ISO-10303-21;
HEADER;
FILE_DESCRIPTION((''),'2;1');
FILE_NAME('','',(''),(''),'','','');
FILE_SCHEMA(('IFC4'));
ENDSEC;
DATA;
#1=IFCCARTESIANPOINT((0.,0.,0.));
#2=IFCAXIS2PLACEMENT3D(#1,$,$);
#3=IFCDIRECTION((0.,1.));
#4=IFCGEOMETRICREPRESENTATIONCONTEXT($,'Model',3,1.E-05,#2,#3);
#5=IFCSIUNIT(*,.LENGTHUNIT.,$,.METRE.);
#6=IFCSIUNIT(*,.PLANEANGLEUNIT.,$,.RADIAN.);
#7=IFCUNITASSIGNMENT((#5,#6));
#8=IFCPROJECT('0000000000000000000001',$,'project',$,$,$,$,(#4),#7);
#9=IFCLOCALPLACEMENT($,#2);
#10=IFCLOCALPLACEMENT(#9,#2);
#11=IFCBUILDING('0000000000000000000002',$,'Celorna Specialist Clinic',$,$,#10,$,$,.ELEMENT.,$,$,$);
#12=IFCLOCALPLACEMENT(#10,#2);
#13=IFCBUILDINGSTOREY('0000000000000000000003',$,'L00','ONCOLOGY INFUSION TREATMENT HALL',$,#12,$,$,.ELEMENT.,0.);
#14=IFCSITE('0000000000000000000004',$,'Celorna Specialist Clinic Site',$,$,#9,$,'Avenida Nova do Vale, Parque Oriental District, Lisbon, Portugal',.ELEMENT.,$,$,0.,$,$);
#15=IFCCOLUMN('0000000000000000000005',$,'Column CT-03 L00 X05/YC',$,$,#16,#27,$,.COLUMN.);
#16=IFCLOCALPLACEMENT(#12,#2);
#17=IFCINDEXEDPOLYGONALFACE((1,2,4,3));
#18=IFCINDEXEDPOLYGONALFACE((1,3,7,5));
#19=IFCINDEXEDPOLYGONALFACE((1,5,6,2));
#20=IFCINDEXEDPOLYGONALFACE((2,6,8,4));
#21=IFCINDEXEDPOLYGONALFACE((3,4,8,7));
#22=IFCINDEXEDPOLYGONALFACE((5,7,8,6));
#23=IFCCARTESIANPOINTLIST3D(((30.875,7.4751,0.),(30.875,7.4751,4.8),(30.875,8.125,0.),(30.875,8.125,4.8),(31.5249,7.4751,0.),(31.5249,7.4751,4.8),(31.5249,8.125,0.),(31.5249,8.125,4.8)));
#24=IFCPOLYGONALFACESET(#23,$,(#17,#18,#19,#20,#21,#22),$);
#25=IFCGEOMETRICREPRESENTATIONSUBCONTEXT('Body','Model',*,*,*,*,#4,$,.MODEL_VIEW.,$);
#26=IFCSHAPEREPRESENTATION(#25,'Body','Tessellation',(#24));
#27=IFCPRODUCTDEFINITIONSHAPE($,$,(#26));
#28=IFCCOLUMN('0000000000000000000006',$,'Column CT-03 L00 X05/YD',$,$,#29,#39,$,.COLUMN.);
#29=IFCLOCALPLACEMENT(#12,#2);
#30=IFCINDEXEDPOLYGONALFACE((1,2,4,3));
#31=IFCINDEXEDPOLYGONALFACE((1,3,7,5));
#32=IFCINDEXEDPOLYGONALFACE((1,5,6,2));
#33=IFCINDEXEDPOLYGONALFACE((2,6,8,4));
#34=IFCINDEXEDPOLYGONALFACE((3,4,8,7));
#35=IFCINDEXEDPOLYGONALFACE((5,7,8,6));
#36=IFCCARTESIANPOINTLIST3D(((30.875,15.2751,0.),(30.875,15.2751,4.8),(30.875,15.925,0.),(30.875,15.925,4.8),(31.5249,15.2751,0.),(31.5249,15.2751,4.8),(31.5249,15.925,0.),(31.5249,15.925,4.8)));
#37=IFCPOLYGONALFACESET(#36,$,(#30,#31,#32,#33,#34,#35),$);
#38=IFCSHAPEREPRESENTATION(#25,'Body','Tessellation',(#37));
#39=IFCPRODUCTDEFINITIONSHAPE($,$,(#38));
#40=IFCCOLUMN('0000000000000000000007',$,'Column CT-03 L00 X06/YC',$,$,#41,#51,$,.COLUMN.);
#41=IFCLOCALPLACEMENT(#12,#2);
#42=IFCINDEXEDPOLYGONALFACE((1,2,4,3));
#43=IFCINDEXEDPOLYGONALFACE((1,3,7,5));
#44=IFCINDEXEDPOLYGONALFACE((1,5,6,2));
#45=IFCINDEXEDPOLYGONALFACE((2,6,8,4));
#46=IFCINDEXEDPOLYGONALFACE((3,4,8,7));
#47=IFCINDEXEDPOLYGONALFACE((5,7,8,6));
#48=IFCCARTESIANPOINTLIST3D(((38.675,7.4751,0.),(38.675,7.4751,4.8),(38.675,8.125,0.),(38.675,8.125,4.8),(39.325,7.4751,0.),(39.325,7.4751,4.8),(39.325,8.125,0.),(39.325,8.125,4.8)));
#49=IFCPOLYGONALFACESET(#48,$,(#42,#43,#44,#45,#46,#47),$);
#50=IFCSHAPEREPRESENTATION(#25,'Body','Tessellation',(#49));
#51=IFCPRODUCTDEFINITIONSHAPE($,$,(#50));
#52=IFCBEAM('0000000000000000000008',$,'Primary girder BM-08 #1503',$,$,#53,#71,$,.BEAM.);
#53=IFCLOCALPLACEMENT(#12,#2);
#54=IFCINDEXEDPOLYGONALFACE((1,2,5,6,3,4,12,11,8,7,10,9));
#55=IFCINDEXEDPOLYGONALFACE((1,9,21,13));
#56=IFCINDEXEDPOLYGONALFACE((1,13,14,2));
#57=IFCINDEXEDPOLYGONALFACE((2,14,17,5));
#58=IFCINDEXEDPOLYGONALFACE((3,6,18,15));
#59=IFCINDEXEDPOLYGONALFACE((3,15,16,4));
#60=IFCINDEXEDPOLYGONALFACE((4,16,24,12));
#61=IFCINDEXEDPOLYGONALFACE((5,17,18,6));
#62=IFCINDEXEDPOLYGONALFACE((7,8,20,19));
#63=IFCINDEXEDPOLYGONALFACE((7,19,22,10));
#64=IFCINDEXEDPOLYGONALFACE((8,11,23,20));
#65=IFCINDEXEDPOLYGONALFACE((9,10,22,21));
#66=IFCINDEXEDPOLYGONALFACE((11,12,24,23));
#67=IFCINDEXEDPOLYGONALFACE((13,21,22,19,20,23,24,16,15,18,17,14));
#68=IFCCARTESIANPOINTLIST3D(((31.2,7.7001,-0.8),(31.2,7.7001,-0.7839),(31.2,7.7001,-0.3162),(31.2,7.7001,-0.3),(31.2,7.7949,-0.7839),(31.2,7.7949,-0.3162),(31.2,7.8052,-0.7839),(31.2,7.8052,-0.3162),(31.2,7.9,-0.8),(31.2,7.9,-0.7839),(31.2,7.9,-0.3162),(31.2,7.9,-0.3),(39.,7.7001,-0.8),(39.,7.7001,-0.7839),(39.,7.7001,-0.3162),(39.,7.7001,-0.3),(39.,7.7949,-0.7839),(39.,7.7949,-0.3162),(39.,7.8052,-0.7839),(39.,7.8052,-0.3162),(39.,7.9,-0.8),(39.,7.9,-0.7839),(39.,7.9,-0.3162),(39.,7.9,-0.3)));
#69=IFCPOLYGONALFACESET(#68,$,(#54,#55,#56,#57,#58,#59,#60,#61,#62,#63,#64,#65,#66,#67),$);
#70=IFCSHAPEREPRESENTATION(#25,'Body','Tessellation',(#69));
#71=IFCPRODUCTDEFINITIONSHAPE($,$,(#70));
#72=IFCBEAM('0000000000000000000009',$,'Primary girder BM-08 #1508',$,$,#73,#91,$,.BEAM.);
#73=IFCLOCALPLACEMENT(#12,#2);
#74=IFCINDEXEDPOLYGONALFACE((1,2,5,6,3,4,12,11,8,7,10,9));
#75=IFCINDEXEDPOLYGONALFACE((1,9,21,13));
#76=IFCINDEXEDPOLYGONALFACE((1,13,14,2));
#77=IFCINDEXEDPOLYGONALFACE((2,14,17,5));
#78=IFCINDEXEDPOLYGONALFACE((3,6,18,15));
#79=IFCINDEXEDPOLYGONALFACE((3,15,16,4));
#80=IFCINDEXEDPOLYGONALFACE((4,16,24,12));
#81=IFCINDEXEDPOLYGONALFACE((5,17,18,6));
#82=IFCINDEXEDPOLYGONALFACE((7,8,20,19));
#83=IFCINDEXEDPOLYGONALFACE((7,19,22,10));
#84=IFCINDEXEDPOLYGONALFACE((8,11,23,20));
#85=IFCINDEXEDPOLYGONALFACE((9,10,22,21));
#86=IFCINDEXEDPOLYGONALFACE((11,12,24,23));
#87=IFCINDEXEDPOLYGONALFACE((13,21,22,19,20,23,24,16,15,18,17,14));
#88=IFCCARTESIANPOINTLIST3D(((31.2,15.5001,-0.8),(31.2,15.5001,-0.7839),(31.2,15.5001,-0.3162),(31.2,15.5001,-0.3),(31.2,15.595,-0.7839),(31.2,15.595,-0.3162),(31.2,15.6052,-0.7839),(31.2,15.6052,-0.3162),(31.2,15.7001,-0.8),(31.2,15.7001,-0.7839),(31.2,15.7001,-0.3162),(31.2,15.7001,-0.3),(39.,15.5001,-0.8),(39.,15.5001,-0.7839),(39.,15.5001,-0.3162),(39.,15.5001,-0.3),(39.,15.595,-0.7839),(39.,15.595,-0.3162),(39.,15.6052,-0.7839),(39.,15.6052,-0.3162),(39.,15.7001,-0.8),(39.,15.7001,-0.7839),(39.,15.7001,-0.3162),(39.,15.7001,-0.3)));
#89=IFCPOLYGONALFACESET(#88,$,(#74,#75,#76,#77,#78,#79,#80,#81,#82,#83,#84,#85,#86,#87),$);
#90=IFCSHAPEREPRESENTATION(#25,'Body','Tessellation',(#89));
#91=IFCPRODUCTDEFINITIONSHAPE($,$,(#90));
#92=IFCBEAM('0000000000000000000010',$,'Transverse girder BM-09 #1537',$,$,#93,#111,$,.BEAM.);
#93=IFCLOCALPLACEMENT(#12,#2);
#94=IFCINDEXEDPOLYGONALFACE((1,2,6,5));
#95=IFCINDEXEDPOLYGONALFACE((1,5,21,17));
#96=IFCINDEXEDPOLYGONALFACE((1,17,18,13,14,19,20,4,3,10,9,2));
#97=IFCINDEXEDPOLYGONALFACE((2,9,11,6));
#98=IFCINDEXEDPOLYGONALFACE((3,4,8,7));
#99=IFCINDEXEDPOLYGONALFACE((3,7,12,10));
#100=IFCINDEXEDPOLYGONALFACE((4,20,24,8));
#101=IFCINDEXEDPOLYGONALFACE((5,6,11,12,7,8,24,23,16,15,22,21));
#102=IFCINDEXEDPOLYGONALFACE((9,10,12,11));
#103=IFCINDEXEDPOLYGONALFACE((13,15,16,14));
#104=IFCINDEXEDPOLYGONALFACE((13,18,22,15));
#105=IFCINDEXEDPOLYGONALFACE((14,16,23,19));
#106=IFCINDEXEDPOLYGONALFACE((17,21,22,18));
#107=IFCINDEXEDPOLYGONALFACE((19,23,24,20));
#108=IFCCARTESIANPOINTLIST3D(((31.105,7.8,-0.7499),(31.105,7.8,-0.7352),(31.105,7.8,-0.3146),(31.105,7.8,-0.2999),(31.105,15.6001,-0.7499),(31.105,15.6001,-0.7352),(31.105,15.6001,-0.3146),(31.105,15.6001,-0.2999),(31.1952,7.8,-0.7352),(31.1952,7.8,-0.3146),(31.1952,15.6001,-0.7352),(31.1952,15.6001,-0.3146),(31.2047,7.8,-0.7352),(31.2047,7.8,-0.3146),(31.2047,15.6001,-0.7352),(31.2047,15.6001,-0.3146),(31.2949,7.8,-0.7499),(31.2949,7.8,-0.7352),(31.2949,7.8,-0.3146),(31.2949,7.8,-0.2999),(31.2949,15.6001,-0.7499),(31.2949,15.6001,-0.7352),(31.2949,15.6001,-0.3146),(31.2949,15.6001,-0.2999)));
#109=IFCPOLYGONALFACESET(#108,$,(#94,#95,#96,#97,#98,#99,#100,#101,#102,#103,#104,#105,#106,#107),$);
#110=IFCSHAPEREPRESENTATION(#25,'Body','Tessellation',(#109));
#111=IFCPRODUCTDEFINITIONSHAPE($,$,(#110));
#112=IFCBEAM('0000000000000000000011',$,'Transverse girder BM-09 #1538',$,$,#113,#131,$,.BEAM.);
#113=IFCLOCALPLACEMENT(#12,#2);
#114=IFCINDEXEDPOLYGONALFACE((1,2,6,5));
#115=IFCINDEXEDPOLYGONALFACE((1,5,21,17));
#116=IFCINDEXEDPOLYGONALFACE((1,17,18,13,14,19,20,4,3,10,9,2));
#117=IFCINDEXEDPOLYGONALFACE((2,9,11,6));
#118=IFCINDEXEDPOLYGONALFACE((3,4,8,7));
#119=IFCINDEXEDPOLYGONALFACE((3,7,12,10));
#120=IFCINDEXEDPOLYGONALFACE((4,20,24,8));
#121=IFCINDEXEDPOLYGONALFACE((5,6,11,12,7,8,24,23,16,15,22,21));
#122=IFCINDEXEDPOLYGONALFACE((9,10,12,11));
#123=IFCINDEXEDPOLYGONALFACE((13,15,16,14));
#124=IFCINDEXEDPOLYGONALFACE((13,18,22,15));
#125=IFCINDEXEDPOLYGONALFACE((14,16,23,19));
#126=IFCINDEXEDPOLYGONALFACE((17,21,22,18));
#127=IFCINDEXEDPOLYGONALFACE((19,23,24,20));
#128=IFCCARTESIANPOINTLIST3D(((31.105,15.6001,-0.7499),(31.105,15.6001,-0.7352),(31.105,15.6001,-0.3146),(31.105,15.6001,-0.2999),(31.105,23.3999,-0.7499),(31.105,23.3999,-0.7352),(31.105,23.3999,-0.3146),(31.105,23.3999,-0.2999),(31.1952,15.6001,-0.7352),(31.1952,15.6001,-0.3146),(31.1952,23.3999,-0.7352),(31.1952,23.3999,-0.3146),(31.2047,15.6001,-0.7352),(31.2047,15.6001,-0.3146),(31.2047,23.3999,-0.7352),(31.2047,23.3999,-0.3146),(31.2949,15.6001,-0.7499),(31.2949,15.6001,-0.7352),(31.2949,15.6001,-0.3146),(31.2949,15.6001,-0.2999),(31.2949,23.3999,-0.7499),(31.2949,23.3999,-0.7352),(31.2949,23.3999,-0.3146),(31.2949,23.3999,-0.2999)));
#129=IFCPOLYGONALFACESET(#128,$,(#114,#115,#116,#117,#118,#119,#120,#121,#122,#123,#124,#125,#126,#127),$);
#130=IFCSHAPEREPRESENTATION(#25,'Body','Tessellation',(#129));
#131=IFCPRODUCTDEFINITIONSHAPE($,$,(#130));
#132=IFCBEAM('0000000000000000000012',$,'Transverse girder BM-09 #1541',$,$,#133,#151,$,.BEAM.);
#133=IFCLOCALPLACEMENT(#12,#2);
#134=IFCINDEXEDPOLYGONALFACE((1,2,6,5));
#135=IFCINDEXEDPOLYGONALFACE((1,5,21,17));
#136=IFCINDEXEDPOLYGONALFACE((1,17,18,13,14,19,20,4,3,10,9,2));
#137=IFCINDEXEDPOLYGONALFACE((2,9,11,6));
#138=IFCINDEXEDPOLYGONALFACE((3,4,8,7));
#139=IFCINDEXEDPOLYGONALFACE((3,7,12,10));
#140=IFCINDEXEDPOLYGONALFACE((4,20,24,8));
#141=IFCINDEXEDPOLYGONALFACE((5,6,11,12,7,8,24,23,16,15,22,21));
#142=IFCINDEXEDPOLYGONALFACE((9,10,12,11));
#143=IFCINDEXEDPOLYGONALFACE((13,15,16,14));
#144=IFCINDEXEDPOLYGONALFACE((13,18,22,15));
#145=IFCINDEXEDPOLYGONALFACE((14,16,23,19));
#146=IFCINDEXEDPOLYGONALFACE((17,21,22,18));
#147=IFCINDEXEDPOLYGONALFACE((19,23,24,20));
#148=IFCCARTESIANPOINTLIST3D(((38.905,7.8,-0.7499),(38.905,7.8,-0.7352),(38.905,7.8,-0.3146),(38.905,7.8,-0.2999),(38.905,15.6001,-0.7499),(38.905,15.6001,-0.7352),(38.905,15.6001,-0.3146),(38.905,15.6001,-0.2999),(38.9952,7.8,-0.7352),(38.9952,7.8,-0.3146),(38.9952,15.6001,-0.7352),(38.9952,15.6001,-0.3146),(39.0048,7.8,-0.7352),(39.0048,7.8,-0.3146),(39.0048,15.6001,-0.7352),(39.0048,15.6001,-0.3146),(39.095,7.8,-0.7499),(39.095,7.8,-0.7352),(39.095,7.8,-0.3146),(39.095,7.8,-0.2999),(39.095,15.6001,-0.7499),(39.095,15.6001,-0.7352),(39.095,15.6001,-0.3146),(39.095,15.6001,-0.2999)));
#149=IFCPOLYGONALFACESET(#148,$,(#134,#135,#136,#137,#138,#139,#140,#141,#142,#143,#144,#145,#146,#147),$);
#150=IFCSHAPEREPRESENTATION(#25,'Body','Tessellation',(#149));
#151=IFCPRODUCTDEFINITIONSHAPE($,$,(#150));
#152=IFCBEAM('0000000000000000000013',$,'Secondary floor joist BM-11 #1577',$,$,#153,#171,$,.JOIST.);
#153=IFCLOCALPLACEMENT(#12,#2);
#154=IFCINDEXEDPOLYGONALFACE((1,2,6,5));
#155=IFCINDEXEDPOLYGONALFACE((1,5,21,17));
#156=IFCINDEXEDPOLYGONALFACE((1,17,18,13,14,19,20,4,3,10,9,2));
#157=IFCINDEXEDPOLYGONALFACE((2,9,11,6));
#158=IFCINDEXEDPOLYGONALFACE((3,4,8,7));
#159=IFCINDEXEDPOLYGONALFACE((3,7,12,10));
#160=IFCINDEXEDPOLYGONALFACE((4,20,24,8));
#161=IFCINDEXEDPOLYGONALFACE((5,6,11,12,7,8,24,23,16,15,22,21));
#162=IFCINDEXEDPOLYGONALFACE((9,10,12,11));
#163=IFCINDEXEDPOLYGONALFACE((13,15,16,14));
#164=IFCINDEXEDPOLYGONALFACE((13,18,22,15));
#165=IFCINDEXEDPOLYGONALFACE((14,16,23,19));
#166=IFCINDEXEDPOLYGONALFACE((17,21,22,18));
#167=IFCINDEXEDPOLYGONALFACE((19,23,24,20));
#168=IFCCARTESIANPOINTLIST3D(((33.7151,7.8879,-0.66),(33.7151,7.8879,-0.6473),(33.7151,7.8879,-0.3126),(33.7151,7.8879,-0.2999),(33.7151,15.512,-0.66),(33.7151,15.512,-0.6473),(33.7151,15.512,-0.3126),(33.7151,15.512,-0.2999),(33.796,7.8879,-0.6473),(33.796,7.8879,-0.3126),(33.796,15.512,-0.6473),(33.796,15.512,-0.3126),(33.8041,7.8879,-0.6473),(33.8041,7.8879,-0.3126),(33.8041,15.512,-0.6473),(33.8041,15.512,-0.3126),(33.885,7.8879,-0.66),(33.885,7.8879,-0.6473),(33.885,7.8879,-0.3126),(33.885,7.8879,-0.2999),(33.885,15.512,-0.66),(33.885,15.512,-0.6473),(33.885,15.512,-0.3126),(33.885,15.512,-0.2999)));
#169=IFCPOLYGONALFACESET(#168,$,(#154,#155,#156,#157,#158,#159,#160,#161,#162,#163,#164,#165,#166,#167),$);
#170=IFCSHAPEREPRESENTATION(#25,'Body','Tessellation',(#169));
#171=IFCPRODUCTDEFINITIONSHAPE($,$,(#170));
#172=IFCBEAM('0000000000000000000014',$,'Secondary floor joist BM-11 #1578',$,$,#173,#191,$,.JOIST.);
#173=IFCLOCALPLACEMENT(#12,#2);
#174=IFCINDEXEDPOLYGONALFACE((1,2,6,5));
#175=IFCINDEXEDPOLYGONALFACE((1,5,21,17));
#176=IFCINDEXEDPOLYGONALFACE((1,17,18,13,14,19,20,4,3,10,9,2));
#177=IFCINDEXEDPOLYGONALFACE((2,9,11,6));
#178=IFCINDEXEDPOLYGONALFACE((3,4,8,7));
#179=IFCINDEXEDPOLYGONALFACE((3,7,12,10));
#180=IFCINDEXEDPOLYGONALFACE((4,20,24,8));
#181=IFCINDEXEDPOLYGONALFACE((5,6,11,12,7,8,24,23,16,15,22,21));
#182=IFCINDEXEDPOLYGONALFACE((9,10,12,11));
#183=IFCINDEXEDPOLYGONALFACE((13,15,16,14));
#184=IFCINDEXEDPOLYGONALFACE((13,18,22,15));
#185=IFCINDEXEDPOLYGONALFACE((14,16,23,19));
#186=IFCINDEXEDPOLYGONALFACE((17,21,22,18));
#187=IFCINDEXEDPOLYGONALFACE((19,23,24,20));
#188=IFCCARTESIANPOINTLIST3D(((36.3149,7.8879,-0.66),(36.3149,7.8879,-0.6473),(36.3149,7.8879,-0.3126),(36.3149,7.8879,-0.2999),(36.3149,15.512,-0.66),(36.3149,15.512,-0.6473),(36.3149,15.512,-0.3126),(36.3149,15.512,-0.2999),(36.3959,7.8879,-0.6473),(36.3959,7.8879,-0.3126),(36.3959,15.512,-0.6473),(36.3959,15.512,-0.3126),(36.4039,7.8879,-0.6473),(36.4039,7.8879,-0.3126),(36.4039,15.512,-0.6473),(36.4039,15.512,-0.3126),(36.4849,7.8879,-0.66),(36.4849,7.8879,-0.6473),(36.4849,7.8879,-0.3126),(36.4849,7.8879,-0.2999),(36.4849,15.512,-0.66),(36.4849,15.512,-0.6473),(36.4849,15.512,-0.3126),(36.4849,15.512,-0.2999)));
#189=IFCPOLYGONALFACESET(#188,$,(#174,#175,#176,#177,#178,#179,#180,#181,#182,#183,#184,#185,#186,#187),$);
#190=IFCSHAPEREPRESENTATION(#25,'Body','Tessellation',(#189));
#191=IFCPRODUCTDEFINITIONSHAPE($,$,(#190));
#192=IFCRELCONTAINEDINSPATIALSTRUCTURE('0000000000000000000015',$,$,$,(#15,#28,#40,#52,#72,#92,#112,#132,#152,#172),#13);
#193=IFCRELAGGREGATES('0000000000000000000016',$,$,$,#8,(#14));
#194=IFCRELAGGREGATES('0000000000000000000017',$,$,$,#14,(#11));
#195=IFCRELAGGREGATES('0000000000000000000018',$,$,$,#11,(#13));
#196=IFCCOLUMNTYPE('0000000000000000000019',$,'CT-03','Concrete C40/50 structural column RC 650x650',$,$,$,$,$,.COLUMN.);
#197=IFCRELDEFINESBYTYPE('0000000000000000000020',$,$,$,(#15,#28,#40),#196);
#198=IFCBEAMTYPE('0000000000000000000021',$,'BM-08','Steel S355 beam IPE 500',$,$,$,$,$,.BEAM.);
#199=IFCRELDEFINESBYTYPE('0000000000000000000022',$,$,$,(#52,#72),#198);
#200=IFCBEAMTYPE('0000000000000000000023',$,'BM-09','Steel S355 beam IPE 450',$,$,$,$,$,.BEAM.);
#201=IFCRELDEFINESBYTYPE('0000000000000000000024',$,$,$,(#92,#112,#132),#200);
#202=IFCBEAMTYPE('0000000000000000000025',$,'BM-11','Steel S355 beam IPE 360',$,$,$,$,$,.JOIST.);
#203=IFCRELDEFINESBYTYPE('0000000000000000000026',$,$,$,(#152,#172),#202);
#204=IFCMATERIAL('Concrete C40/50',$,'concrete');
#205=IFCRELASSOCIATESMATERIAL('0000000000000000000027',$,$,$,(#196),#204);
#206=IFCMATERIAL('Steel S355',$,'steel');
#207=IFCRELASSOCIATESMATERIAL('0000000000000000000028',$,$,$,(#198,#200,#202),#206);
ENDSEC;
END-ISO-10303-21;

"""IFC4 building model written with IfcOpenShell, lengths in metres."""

from ifc_helpers import new_model, si_unit, direction, frame, origin, origin_2d, place, context, subcontext, project, spatial, rectangle, i_section, extrude, material, material_profile, profile_set, type_object, element, save


model = new_model("IFC4")

# Units and contexts
model_context = context("Model", 3, precision=1e-05, world=origin(), true_north=direction((0.0, 1.0)))
body_context = subcontext(model_context, "Body", "Model", "MODEL_VIEW")
ifc_project = project(units=[si_unit("LENGTHUNIT", "METRE"), si_unit("PLANEANGLEUNIT", "RADIAN")], contexts=[model_context])

# Site, building, storey
site_placement = place(None, origin())
site = spatial("IfcSite", under=ifc_project, at=site_placement, Name="Celorna Specialist Clinic Site", LongName="Avenida Nova do Vale, Parque Oriental District, Lisbon, Portugal", CompositionType="ELEMENT", RefElevation=0.0)
building_placement = place(site_placement, origin())
building = spatial("IfcBuilding", under=site, at=building_placement, Name="Celorna Specialist Clinic", CompositionType="ELEMENT")
storey_placement = place(building_placement, origin())
storey = spatial("IfcBuildingStorey", under=building, at=storey_placement, Name="L00", Description="ONCOLOGY INFUSION TREATMENT HALL", CompositionType="ELEMENT", Elevation=0.0)

# Columns
ifc_material_1 = material(Name="Concrete C40/50", Category="concrete")
ifc_material_profile_1 = material_profile(ifc_material_1, rectangle(XDim=0.6499, YDim=0.6499, at=origin_2d()), Name="RC 650x650")
ifc_profile_set_1 = profile_set([ifc_material_profile_1], Name="Concrete C40/50")
column_type = type_object("IfcColumnType", Name="CT-03", Description="Concrete C40/50 structural column RC 650x650", PredefinedType="COLUMN", material=ifc_profile_set_1)
for number, where, z_axis, x_axis, name in (
    (1, (31.2, 7.8, 0.0), (0.0, 0.0, 1.0), (1.0, 0.0, 0.0), "Column CT-03 L00 X05/YC"),
    (2, (31.2, 15.6001, 0.0), (0.0, 0.0, 1.0), (1.0, 0.0, 0.0), "Column CT-03 L00 X05/YD"),
    (3, (39.0, 7.8, 0.0), (0.0, 0.0, 1.0), (1.0, 0.0, 0.0), "Column CT-03 L00 X06/YC"),
):
    element("IfcColumn", number, at=place(storey_placement, frame(where, z_axis=z_axis, x_axis=x_axis)), inside=storey, type_object=column_type, Name=name, PredefinedType="COLUMN", context=body_context, shape_type="SweptSolid", body=[
        extrude(rectangle(XDim=0.6499, YDim=0.6499, at=origin_2d()), origin(), (0.0, 0.0, 1.0), 4.8),
    ])

# Beams
ifc_material_2 = material(Name="Steel S355", Category="steel")
ifc_material_profile_2 = material_profile(ifc_material_2, i_section(OverallWidth=0.2, OverallDepth=0.5, WebThickness=0.0103, FlangeThickness=0.0161, at=origin_2d()), Name="IPE 500")
ifc_profile_set_2 = profile_set([ifc_material_profile_2], Name="Steel S355")
beam_type_1 = type_object("IfcBeamType", Name="BM-08", Description="Steel S355 beam IPE 500", PredefinedType="BEAM", material=ifc_profile_set_2)
for number, where, z_axis, x_axis, name in (
    (4, (31.2, 7.8, -0.55), (1.0, 0.0, 0.0), (0.0, 1.0, 0.0), "Primary girder BM-08 #1503"),
    (5, (31.2, 15.6001, -0.55), (1.0, 0.0, 0.0), (0.0, 1.0, 0.0), "Primary girder BM-08 #1508"),
):
    element("IfcBeam", number, at=place(storey_placement, frame(where, z_axis=z_axis, x_axis=x_axis)), inside=storey, type_object=beam_type_1, Name=name, PredefinedType="BEAM", context=body_context, shape_type="SweptSolid", body=[
        extrude(i_section(OverallWidth=0.2, OverallDepth=0.5, WebThickness=0.0103, FlangeThickness=0.0161, at=origin_2d()), origin(), (0.0, 0.0, 1.0), 7.8),
    ])
ifc_material_profile_3 = material_profile(ifc_material_2, i_section(OverallWidth=0.1899, OverallDepth=0.45, WebThickness=0.0095, FlangeThickness=0.0146, at=origin_2d()), Name="IPE 450")
ifc_profile_set_3 = profile_set([ifc_material_profile_3], Name="Steel S355")
beam_type_2 = type_object("IfcBeamType", Name="BM-09", Description="Steel S355 beam IPE 450", PredefinedType="BEAM", material=ifc_profile_set_3)
beam_1_placement = place(storey_placement, frame((31.2, 7.8, -0.5249), z_axis=(0.0, 1.0, 0.0), x_axis=(-1.0, 0.0, 0.0)))
element("IfcBeam", 6, at=beam_1_placement, inside=storey, type_object=beam_type_2, Name="Transverse girder BM-09 #1537", PredefinedType="BEAM", context=body_context, shape_type="SweptSolid", body=[
    extrude(i_section(OverallWidth=0.1899, OverallDepth=0.45, WebThickness=0.0095, FlangeThickness=0.0146, at=origin_2d()), origin(), (0.0, 0.0, 1.0), 7.8),
])
beam_2_placement = place(storey_placement, frame((31.2, 15.6001, -0.5249), z_axis=(0.0, 1.0, 0.0), x_axis=(-1.0, 0.0, 0.0)))
element("IfcBeam", 7, at=beam_2_placement, inside=storey, type_object=beam_type_2, Name="Transverse girder BM-09 #1538", PredefinedType="BEAM", context=body_context, shape_type="SweptSolid", body=[
    extrude(i_section(OverallWidth=0.1899, OverallDepth=0.45, WebThickness=0.0095, FlangeThickness=0.0146, at=origin_2d()), origin(), (0.0, 0.0, 1.0), 7.7998),
])
beam_3_placement = place(storey_placement, frame((39.0, 7.8, -0.5249), z_axis=(0.0, 1.0, 0.0), x_axis=(-1.0, 0.0, 0.0)))
element("IfcBeam", 8, at=beam_3_placement, inside=storey, type_object=beam_type_2, Name="Transverse girder BM-09 #1541", PredefinedType="BEAM", context=body_context, shape_type="SweptSolid", body=[
    extrude(i_section(OverallWidth=0.1899, OverallDepth=0.45, WebThickness=0.0095, FlangeThickness=0.0146, at=origin_2d()), origin(), (0.0, 0.0, 1.0), 7.8),
])
ifc_material_profile_4 = material_profile(ifc_material_2, i_section(OverallWidth=0.1699, OverallDepth=0.3601, WebThickness=0.0081, FlangeThickness=0.0127, at=origin_2d()), Name="IPE 360")
ifc_profile_set_4 = profile_set([ifc_material_profile_4], Name="Steel S355")
beam_type_3 = type_object("IfcBeamType", Name="BM-11", Description="Steel S355 beam IPE 360", PredefinedType="JOIST", material=ifc_profile_set_4)
for number, where, z_axis, x_axis, name in (
    (9, (33.8, 7.8879, -0.48), (0.0, 1.0, 0.0), (-1.0, 0.0, 0.0), "Secondary floor joist BM-11 #1577"),
    (10, (36.3999, 7.8879, -0.48), (0.0, 1.0, 0.0), (-1.0, 0.0, 0.0), "Secondary floor joist BM-11 #1578"),
):
    element("IfcBeam", number, at=place(storey_placement, frame(where, z_axis=z_axis, x_axis=x_axis)), inside=storey, type_object=beam_type_3, Name=name, PredefinedType="JOIST", context=body_context, shape_type="SweptSolid", body=[
        extrude(i_section(OverallWidth=0.1699, OverallDepth=0.3601, WebThickness=0.0081, FlangeThickness=0.0127, at=origin_2d()), origin(), (0.0, 0.0, 1.0), 7.624),
    ])

save(model, "model.ifc")
